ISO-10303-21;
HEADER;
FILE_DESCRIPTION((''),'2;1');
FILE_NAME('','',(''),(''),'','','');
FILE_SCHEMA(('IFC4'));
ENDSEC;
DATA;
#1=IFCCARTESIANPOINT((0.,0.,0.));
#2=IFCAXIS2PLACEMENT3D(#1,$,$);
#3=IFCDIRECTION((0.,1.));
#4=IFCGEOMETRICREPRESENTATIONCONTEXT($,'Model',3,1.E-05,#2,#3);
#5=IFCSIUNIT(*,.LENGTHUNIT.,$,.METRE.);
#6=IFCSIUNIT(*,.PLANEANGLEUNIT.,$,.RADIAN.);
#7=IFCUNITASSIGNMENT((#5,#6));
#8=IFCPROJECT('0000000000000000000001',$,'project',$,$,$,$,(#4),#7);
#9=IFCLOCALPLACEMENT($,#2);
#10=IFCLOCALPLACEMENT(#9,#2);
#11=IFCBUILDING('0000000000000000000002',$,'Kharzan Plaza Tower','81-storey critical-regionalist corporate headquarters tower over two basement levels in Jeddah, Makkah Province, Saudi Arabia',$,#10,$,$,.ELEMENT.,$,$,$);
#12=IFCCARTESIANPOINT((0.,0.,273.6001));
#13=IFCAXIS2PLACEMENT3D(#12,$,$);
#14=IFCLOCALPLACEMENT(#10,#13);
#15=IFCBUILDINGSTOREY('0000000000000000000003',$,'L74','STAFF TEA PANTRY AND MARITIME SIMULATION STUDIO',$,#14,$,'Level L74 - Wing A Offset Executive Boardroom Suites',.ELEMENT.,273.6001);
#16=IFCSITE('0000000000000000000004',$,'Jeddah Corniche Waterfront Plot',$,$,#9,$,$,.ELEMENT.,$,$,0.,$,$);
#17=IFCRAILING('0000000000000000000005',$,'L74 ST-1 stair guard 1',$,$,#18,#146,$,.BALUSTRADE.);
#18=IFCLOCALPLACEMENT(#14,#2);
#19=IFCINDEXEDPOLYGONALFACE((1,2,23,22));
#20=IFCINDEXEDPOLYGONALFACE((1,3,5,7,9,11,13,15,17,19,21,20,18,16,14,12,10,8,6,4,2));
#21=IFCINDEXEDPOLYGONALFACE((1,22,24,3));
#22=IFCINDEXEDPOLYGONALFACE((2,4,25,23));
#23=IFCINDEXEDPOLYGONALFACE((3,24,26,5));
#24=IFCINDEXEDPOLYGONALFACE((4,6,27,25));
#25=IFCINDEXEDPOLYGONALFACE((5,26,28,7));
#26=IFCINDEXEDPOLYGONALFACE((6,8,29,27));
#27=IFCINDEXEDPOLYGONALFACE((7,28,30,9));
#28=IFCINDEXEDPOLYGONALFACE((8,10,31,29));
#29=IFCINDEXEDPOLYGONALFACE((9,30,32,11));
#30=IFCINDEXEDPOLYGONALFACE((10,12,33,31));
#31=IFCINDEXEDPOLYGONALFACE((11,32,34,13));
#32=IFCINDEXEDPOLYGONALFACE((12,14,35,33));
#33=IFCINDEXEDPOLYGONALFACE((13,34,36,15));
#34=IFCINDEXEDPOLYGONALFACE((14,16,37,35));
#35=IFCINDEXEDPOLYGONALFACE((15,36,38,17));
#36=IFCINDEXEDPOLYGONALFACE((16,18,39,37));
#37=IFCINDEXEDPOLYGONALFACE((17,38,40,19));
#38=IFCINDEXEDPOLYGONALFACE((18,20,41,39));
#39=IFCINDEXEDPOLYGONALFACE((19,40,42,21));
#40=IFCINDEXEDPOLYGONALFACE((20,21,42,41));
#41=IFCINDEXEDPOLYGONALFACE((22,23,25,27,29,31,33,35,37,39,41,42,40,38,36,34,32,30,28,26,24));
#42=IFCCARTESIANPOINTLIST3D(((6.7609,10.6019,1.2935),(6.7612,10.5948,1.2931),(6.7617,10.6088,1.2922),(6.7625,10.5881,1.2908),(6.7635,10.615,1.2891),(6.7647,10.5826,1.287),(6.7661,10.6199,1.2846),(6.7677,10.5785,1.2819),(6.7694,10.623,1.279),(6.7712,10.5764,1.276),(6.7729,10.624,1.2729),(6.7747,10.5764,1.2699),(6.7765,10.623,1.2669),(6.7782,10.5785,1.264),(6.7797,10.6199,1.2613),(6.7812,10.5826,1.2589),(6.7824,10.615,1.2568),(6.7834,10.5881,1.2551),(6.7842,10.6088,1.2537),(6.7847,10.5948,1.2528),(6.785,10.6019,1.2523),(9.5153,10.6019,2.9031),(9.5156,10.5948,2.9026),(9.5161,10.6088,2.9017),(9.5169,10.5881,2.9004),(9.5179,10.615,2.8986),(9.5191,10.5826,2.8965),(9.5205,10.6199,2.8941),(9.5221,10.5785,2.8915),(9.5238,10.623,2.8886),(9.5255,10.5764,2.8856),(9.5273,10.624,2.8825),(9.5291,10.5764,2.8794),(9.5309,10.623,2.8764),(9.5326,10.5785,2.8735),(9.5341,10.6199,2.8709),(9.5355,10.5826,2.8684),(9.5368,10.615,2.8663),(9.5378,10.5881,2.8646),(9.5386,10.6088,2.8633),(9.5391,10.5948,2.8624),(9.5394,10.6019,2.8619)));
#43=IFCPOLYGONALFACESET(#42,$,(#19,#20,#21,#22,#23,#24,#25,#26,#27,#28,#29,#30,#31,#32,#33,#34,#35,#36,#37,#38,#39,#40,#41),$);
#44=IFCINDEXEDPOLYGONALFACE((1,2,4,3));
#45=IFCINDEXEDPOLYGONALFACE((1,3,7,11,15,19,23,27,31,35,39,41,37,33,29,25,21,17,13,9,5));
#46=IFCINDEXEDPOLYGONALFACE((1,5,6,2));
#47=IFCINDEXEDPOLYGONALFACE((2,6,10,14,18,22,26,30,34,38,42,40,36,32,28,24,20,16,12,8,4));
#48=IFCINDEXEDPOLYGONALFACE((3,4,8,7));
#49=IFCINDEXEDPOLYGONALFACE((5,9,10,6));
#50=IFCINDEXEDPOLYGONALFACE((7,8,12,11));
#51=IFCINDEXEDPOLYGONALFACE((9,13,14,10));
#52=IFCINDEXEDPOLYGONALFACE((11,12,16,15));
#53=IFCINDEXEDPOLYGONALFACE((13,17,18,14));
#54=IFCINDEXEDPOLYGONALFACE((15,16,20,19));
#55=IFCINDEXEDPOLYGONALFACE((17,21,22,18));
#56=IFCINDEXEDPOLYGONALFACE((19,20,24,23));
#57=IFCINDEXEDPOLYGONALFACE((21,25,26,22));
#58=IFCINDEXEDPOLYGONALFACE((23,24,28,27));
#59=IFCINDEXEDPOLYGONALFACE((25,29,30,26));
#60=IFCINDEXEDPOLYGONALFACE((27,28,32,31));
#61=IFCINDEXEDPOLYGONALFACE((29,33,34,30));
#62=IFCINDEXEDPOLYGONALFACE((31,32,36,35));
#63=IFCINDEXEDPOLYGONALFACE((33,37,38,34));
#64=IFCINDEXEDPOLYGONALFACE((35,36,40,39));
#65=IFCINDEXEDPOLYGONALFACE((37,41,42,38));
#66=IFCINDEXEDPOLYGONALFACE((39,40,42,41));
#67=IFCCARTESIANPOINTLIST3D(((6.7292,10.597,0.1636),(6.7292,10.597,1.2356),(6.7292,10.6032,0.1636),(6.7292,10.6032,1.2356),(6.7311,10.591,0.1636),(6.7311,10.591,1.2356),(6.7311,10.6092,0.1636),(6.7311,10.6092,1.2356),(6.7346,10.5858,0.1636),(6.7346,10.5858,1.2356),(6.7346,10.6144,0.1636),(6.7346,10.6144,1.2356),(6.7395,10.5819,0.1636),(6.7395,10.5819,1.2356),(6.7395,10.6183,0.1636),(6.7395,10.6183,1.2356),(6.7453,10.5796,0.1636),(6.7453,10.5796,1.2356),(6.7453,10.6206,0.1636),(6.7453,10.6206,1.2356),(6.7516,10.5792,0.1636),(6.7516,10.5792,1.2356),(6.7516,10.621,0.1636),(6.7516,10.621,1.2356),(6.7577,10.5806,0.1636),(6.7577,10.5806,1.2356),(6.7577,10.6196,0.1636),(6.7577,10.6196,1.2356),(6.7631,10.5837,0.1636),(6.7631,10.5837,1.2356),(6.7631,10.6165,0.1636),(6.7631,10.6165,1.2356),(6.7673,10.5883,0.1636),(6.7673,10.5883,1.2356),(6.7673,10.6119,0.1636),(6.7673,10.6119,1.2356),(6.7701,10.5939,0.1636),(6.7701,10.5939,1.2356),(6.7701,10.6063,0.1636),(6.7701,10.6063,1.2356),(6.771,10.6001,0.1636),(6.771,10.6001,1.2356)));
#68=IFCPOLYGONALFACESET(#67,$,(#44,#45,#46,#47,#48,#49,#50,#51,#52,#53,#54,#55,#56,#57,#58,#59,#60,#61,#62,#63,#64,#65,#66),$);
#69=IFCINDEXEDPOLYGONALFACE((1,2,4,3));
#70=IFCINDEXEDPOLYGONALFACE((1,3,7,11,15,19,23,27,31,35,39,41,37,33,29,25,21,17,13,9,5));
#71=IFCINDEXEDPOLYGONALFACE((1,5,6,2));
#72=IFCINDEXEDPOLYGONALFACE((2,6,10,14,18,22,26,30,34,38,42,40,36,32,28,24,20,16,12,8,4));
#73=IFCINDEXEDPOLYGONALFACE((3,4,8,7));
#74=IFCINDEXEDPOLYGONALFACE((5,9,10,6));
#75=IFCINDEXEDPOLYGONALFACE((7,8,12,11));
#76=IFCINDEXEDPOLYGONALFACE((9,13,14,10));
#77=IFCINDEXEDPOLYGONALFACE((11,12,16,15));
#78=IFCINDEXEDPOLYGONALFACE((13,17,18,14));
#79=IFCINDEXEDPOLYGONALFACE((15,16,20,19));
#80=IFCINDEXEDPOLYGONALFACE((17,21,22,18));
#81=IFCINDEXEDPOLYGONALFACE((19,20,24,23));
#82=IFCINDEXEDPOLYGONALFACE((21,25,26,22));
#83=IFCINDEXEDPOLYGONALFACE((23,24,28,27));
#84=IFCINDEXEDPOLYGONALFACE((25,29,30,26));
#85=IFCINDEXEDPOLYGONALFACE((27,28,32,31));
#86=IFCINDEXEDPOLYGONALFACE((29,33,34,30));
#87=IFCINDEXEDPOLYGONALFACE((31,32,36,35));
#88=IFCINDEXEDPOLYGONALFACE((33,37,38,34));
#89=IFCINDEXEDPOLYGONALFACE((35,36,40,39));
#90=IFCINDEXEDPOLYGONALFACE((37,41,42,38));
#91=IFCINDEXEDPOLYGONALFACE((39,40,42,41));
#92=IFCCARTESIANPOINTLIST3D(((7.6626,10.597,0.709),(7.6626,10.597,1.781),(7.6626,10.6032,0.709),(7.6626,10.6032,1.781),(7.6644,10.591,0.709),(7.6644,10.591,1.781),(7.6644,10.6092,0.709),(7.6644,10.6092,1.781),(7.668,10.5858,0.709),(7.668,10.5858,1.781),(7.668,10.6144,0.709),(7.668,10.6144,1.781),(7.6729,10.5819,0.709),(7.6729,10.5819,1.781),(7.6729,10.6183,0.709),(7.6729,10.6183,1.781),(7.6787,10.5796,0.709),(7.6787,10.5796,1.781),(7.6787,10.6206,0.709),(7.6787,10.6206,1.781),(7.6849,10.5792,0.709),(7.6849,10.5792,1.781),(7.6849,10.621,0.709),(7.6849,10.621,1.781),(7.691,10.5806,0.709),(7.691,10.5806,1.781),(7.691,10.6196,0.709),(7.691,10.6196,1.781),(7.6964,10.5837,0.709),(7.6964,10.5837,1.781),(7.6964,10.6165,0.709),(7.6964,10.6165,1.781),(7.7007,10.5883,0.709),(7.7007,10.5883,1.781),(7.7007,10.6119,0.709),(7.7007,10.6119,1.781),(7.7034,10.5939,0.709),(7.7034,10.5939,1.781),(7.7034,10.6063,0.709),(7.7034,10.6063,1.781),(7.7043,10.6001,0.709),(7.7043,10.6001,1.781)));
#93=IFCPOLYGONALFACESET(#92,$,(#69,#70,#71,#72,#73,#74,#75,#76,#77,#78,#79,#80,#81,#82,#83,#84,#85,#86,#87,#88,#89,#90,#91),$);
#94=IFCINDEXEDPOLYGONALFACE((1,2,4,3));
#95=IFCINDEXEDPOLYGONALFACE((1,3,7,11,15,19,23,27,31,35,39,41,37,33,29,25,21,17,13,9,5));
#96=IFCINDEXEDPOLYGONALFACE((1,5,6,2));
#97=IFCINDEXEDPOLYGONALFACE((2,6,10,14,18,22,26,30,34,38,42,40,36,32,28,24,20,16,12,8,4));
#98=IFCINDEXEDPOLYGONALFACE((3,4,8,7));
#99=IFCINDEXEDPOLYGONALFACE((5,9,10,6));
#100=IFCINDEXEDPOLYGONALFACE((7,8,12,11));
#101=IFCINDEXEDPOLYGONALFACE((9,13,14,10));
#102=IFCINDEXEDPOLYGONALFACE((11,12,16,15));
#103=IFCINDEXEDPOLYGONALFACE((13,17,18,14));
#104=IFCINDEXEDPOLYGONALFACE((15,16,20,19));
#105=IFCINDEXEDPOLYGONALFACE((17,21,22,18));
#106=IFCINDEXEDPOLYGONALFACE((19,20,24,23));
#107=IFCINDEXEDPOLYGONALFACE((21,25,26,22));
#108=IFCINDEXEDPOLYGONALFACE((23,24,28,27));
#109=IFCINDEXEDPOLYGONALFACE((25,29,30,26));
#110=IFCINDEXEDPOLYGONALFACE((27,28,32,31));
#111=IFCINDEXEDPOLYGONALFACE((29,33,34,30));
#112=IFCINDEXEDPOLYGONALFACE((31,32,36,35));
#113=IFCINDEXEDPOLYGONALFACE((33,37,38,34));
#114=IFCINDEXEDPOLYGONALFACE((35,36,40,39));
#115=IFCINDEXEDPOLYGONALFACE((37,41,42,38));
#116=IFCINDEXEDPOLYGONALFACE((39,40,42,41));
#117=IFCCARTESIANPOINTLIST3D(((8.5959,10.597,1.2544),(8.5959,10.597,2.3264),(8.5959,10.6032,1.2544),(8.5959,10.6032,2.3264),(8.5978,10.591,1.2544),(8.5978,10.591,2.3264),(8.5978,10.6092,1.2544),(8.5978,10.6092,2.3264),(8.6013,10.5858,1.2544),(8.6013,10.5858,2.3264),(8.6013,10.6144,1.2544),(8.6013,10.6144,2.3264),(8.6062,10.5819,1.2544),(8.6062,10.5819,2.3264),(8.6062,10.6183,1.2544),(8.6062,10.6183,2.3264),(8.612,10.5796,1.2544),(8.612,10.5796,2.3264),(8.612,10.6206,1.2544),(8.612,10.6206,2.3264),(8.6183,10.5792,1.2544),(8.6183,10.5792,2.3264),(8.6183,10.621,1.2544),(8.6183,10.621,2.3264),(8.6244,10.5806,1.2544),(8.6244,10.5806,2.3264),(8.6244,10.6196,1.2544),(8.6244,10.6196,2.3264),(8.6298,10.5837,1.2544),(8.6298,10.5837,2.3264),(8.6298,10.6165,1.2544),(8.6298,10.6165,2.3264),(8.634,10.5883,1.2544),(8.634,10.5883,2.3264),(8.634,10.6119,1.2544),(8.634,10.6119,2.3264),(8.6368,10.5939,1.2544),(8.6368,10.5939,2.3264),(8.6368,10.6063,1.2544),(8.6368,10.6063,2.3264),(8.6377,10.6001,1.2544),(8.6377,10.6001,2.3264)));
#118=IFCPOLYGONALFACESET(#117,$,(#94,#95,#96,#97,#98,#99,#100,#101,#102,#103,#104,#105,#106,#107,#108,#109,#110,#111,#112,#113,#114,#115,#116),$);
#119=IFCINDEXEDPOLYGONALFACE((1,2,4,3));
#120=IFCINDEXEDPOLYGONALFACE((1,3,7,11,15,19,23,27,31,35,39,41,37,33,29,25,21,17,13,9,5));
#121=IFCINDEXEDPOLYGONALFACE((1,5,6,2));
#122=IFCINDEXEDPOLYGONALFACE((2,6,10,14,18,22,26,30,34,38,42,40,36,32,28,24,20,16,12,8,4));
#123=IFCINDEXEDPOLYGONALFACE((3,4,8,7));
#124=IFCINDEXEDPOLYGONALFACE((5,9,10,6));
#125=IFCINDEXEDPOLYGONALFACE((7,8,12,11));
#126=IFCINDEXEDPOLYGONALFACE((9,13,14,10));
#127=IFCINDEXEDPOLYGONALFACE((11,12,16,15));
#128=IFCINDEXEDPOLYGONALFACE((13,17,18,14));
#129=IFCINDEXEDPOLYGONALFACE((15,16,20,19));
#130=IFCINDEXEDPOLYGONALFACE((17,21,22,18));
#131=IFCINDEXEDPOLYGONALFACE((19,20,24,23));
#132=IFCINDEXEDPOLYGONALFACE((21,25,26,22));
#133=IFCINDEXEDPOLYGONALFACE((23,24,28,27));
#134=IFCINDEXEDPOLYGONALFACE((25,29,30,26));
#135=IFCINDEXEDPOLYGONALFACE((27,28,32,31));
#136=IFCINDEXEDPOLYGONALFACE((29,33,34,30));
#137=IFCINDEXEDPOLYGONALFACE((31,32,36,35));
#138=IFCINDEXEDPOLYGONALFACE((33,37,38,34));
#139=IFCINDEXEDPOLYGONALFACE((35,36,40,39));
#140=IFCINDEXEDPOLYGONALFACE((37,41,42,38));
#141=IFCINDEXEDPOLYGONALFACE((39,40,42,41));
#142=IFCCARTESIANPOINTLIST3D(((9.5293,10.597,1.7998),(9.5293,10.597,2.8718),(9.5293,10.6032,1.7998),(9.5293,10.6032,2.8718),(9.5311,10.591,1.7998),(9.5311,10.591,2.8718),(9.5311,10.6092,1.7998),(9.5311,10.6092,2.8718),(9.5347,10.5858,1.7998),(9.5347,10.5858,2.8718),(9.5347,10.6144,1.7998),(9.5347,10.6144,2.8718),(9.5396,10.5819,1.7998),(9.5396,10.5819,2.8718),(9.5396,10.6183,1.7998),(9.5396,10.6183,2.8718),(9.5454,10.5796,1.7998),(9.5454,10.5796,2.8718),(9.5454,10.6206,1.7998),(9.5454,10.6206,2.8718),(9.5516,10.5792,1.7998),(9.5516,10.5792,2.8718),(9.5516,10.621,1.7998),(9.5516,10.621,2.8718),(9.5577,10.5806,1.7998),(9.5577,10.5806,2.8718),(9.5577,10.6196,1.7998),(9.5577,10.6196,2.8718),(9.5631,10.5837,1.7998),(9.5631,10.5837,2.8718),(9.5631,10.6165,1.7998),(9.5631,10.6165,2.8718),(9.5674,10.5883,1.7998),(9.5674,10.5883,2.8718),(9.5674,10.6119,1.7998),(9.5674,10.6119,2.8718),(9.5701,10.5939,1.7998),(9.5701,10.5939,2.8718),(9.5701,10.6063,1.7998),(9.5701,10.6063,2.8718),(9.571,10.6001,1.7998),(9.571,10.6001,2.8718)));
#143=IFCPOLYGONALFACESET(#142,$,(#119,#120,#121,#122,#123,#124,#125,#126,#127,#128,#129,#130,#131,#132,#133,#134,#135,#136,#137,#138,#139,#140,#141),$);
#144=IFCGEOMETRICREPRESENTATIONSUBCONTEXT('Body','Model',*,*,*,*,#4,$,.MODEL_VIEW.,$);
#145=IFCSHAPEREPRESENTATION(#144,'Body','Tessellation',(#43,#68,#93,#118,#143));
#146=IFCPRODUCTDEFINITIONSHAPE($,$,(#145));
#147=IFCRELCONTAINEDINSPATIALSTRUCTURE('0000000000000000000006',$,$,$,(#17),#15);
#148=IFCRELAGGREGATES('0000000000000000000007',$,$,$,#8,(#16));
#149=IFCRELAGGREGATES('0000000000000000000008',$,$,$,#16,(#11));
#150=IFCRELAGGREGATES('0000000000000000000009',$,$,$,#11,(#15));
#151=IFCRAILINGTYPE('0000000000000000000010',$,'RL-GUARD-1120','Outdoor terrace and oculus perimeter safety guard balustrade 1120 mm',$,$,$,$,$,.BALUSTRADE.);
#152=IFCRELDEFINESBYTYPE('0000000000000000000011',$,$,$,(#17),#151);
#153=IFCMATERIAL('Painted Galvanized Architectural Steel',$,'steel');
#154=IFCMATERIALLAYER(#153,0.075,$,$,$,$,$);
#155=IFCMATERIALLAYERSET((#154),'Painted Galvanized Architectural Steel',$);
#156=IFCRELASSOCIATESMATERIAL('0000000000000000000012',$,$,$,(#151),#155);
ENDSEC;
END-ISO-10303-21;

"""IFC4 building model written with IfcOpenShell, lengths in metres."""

from ifc_helpers import new_model, si_unit, direction, frame, origin, origin_2d, place, context, subcontext, project, spatial, circle, extrude, source, transform, mapped, material, layer, layer_set, type_object, element, save


model = new_model("IFC4")

# Units and contexts
model_context = context("Model", 3, precision=1e-05, world=origin(), true_north=direction((0.0, 1.0)))
body_context = subcontext(model_context, "Body", "Model", "MODEL_VIEW")
ifc_project = project(units=[si_unit("LENGTHUNIT", "METRE"), si_unit("PLANEANGLEUNIT", "RADIAN")], contexts=[model_context])

# Site, building, storey
site_placement = place(None, origin())
site = spatial("IfcSite", under=ifc_project, at=site_placement, Name="Jeddah Corniche Waterfront Plot", CompositionType="ELEMENT", RefElevation=0.0)
building_placement = place(site_placement, origin())
building = spatial("IfcBuilding", under=site, at=building_placement, Name="Kharzan Plaza Tower", Description="81-storey critical-regionalist corporate headquarters tower over two basement levels in Jeddah, Makkah Province, Saudi Arabia", CompositionType="ELEMENT")
storey_placement = place(building_placement, frame((0.0, 0.0, 273.6001)))
storey = spatial("IfcBuildingStorey", under=building, at=storey_placement, Name="L74", Description="STAFF TEA PANTRY AND MARITIME SIMULATION STUDIO", LongName="Level L74 - Wing A Offset Executive Boardroom Suites", CompositionType="ELEMENT", Elevation=273.6001)

# Railing
ifc_material_1 = material(Name="Painted Galvanized Architectural Steel", Category="steel")
ifc_layer_1 = layer(ifc_material_1, 0.075)
ifc_layer_set_1 = layer_set([ifc_layer_1], Name="Painted Galvanized Architectural Steel")
railing_type_1 = type_object("IfcRailingType", Name="RL-GUARD-1120", Description="Outdoor terrace and oculus perimeter safety guard balustrade 1120 mm", PredefinedType="BALUSTRADE", material=ifc_layer_set_1)
shared_shape_1 = source(origin(), body_context, "Body", "SweptSolid", [
    extrude(circle(Radius=0.0239, at=origin_2d()), frame((0.0229, 0.0, 1.1094), z_axis=(0.863394, 0.0, 0.504531), x_axis=(0.0, 1.0, 0.0)), (0.0, 0.0, 1.0), 3.1902),
    extrude(circle(Radius=0.021, at=origin_2d()), origin(), (0.0, 0.0, 1.0), 1.072),
    extrude(circle(Radius=0.021, at=origin_2d()), frame((0.9333, 0.0, 0.5454)), (0.0, 0.0, 1.0), 1.072),
    extrude(circle(Radius=0.021, at=origin_2d()), frame((1.8667, 0.0, 1.0908)), (0.0, 0.0, 1.0), 1.072),
    extrude(circle(Radius=0.021, at=origin_2d()), frame((2.8, 0.0, 1.6362)), (0.0, 0.0, 1.0), 1.072),
])
railing_1_placement = place(storey_placement, frame((6.75, 10.6001, 0.1636)))
element("IfcRailing", 1, at=railing_1_placement, inside=storey, type_object=railing_type_1, Name="L74 ST-1 stair guard 1", PredefinedType="BALUSTRADE", context=body_context, shape_type="MappedRepresentation", body=[
    mapped(shared_shape_1, transform((0.0, 0.0, 0.0), x_axis=(1.0, 0.0, 0.0), y_axis=(0.0, 1.0, 0.0), z_axis=(0.0, 0.0, 1.0))),
])

save(model, "model.ifc")
